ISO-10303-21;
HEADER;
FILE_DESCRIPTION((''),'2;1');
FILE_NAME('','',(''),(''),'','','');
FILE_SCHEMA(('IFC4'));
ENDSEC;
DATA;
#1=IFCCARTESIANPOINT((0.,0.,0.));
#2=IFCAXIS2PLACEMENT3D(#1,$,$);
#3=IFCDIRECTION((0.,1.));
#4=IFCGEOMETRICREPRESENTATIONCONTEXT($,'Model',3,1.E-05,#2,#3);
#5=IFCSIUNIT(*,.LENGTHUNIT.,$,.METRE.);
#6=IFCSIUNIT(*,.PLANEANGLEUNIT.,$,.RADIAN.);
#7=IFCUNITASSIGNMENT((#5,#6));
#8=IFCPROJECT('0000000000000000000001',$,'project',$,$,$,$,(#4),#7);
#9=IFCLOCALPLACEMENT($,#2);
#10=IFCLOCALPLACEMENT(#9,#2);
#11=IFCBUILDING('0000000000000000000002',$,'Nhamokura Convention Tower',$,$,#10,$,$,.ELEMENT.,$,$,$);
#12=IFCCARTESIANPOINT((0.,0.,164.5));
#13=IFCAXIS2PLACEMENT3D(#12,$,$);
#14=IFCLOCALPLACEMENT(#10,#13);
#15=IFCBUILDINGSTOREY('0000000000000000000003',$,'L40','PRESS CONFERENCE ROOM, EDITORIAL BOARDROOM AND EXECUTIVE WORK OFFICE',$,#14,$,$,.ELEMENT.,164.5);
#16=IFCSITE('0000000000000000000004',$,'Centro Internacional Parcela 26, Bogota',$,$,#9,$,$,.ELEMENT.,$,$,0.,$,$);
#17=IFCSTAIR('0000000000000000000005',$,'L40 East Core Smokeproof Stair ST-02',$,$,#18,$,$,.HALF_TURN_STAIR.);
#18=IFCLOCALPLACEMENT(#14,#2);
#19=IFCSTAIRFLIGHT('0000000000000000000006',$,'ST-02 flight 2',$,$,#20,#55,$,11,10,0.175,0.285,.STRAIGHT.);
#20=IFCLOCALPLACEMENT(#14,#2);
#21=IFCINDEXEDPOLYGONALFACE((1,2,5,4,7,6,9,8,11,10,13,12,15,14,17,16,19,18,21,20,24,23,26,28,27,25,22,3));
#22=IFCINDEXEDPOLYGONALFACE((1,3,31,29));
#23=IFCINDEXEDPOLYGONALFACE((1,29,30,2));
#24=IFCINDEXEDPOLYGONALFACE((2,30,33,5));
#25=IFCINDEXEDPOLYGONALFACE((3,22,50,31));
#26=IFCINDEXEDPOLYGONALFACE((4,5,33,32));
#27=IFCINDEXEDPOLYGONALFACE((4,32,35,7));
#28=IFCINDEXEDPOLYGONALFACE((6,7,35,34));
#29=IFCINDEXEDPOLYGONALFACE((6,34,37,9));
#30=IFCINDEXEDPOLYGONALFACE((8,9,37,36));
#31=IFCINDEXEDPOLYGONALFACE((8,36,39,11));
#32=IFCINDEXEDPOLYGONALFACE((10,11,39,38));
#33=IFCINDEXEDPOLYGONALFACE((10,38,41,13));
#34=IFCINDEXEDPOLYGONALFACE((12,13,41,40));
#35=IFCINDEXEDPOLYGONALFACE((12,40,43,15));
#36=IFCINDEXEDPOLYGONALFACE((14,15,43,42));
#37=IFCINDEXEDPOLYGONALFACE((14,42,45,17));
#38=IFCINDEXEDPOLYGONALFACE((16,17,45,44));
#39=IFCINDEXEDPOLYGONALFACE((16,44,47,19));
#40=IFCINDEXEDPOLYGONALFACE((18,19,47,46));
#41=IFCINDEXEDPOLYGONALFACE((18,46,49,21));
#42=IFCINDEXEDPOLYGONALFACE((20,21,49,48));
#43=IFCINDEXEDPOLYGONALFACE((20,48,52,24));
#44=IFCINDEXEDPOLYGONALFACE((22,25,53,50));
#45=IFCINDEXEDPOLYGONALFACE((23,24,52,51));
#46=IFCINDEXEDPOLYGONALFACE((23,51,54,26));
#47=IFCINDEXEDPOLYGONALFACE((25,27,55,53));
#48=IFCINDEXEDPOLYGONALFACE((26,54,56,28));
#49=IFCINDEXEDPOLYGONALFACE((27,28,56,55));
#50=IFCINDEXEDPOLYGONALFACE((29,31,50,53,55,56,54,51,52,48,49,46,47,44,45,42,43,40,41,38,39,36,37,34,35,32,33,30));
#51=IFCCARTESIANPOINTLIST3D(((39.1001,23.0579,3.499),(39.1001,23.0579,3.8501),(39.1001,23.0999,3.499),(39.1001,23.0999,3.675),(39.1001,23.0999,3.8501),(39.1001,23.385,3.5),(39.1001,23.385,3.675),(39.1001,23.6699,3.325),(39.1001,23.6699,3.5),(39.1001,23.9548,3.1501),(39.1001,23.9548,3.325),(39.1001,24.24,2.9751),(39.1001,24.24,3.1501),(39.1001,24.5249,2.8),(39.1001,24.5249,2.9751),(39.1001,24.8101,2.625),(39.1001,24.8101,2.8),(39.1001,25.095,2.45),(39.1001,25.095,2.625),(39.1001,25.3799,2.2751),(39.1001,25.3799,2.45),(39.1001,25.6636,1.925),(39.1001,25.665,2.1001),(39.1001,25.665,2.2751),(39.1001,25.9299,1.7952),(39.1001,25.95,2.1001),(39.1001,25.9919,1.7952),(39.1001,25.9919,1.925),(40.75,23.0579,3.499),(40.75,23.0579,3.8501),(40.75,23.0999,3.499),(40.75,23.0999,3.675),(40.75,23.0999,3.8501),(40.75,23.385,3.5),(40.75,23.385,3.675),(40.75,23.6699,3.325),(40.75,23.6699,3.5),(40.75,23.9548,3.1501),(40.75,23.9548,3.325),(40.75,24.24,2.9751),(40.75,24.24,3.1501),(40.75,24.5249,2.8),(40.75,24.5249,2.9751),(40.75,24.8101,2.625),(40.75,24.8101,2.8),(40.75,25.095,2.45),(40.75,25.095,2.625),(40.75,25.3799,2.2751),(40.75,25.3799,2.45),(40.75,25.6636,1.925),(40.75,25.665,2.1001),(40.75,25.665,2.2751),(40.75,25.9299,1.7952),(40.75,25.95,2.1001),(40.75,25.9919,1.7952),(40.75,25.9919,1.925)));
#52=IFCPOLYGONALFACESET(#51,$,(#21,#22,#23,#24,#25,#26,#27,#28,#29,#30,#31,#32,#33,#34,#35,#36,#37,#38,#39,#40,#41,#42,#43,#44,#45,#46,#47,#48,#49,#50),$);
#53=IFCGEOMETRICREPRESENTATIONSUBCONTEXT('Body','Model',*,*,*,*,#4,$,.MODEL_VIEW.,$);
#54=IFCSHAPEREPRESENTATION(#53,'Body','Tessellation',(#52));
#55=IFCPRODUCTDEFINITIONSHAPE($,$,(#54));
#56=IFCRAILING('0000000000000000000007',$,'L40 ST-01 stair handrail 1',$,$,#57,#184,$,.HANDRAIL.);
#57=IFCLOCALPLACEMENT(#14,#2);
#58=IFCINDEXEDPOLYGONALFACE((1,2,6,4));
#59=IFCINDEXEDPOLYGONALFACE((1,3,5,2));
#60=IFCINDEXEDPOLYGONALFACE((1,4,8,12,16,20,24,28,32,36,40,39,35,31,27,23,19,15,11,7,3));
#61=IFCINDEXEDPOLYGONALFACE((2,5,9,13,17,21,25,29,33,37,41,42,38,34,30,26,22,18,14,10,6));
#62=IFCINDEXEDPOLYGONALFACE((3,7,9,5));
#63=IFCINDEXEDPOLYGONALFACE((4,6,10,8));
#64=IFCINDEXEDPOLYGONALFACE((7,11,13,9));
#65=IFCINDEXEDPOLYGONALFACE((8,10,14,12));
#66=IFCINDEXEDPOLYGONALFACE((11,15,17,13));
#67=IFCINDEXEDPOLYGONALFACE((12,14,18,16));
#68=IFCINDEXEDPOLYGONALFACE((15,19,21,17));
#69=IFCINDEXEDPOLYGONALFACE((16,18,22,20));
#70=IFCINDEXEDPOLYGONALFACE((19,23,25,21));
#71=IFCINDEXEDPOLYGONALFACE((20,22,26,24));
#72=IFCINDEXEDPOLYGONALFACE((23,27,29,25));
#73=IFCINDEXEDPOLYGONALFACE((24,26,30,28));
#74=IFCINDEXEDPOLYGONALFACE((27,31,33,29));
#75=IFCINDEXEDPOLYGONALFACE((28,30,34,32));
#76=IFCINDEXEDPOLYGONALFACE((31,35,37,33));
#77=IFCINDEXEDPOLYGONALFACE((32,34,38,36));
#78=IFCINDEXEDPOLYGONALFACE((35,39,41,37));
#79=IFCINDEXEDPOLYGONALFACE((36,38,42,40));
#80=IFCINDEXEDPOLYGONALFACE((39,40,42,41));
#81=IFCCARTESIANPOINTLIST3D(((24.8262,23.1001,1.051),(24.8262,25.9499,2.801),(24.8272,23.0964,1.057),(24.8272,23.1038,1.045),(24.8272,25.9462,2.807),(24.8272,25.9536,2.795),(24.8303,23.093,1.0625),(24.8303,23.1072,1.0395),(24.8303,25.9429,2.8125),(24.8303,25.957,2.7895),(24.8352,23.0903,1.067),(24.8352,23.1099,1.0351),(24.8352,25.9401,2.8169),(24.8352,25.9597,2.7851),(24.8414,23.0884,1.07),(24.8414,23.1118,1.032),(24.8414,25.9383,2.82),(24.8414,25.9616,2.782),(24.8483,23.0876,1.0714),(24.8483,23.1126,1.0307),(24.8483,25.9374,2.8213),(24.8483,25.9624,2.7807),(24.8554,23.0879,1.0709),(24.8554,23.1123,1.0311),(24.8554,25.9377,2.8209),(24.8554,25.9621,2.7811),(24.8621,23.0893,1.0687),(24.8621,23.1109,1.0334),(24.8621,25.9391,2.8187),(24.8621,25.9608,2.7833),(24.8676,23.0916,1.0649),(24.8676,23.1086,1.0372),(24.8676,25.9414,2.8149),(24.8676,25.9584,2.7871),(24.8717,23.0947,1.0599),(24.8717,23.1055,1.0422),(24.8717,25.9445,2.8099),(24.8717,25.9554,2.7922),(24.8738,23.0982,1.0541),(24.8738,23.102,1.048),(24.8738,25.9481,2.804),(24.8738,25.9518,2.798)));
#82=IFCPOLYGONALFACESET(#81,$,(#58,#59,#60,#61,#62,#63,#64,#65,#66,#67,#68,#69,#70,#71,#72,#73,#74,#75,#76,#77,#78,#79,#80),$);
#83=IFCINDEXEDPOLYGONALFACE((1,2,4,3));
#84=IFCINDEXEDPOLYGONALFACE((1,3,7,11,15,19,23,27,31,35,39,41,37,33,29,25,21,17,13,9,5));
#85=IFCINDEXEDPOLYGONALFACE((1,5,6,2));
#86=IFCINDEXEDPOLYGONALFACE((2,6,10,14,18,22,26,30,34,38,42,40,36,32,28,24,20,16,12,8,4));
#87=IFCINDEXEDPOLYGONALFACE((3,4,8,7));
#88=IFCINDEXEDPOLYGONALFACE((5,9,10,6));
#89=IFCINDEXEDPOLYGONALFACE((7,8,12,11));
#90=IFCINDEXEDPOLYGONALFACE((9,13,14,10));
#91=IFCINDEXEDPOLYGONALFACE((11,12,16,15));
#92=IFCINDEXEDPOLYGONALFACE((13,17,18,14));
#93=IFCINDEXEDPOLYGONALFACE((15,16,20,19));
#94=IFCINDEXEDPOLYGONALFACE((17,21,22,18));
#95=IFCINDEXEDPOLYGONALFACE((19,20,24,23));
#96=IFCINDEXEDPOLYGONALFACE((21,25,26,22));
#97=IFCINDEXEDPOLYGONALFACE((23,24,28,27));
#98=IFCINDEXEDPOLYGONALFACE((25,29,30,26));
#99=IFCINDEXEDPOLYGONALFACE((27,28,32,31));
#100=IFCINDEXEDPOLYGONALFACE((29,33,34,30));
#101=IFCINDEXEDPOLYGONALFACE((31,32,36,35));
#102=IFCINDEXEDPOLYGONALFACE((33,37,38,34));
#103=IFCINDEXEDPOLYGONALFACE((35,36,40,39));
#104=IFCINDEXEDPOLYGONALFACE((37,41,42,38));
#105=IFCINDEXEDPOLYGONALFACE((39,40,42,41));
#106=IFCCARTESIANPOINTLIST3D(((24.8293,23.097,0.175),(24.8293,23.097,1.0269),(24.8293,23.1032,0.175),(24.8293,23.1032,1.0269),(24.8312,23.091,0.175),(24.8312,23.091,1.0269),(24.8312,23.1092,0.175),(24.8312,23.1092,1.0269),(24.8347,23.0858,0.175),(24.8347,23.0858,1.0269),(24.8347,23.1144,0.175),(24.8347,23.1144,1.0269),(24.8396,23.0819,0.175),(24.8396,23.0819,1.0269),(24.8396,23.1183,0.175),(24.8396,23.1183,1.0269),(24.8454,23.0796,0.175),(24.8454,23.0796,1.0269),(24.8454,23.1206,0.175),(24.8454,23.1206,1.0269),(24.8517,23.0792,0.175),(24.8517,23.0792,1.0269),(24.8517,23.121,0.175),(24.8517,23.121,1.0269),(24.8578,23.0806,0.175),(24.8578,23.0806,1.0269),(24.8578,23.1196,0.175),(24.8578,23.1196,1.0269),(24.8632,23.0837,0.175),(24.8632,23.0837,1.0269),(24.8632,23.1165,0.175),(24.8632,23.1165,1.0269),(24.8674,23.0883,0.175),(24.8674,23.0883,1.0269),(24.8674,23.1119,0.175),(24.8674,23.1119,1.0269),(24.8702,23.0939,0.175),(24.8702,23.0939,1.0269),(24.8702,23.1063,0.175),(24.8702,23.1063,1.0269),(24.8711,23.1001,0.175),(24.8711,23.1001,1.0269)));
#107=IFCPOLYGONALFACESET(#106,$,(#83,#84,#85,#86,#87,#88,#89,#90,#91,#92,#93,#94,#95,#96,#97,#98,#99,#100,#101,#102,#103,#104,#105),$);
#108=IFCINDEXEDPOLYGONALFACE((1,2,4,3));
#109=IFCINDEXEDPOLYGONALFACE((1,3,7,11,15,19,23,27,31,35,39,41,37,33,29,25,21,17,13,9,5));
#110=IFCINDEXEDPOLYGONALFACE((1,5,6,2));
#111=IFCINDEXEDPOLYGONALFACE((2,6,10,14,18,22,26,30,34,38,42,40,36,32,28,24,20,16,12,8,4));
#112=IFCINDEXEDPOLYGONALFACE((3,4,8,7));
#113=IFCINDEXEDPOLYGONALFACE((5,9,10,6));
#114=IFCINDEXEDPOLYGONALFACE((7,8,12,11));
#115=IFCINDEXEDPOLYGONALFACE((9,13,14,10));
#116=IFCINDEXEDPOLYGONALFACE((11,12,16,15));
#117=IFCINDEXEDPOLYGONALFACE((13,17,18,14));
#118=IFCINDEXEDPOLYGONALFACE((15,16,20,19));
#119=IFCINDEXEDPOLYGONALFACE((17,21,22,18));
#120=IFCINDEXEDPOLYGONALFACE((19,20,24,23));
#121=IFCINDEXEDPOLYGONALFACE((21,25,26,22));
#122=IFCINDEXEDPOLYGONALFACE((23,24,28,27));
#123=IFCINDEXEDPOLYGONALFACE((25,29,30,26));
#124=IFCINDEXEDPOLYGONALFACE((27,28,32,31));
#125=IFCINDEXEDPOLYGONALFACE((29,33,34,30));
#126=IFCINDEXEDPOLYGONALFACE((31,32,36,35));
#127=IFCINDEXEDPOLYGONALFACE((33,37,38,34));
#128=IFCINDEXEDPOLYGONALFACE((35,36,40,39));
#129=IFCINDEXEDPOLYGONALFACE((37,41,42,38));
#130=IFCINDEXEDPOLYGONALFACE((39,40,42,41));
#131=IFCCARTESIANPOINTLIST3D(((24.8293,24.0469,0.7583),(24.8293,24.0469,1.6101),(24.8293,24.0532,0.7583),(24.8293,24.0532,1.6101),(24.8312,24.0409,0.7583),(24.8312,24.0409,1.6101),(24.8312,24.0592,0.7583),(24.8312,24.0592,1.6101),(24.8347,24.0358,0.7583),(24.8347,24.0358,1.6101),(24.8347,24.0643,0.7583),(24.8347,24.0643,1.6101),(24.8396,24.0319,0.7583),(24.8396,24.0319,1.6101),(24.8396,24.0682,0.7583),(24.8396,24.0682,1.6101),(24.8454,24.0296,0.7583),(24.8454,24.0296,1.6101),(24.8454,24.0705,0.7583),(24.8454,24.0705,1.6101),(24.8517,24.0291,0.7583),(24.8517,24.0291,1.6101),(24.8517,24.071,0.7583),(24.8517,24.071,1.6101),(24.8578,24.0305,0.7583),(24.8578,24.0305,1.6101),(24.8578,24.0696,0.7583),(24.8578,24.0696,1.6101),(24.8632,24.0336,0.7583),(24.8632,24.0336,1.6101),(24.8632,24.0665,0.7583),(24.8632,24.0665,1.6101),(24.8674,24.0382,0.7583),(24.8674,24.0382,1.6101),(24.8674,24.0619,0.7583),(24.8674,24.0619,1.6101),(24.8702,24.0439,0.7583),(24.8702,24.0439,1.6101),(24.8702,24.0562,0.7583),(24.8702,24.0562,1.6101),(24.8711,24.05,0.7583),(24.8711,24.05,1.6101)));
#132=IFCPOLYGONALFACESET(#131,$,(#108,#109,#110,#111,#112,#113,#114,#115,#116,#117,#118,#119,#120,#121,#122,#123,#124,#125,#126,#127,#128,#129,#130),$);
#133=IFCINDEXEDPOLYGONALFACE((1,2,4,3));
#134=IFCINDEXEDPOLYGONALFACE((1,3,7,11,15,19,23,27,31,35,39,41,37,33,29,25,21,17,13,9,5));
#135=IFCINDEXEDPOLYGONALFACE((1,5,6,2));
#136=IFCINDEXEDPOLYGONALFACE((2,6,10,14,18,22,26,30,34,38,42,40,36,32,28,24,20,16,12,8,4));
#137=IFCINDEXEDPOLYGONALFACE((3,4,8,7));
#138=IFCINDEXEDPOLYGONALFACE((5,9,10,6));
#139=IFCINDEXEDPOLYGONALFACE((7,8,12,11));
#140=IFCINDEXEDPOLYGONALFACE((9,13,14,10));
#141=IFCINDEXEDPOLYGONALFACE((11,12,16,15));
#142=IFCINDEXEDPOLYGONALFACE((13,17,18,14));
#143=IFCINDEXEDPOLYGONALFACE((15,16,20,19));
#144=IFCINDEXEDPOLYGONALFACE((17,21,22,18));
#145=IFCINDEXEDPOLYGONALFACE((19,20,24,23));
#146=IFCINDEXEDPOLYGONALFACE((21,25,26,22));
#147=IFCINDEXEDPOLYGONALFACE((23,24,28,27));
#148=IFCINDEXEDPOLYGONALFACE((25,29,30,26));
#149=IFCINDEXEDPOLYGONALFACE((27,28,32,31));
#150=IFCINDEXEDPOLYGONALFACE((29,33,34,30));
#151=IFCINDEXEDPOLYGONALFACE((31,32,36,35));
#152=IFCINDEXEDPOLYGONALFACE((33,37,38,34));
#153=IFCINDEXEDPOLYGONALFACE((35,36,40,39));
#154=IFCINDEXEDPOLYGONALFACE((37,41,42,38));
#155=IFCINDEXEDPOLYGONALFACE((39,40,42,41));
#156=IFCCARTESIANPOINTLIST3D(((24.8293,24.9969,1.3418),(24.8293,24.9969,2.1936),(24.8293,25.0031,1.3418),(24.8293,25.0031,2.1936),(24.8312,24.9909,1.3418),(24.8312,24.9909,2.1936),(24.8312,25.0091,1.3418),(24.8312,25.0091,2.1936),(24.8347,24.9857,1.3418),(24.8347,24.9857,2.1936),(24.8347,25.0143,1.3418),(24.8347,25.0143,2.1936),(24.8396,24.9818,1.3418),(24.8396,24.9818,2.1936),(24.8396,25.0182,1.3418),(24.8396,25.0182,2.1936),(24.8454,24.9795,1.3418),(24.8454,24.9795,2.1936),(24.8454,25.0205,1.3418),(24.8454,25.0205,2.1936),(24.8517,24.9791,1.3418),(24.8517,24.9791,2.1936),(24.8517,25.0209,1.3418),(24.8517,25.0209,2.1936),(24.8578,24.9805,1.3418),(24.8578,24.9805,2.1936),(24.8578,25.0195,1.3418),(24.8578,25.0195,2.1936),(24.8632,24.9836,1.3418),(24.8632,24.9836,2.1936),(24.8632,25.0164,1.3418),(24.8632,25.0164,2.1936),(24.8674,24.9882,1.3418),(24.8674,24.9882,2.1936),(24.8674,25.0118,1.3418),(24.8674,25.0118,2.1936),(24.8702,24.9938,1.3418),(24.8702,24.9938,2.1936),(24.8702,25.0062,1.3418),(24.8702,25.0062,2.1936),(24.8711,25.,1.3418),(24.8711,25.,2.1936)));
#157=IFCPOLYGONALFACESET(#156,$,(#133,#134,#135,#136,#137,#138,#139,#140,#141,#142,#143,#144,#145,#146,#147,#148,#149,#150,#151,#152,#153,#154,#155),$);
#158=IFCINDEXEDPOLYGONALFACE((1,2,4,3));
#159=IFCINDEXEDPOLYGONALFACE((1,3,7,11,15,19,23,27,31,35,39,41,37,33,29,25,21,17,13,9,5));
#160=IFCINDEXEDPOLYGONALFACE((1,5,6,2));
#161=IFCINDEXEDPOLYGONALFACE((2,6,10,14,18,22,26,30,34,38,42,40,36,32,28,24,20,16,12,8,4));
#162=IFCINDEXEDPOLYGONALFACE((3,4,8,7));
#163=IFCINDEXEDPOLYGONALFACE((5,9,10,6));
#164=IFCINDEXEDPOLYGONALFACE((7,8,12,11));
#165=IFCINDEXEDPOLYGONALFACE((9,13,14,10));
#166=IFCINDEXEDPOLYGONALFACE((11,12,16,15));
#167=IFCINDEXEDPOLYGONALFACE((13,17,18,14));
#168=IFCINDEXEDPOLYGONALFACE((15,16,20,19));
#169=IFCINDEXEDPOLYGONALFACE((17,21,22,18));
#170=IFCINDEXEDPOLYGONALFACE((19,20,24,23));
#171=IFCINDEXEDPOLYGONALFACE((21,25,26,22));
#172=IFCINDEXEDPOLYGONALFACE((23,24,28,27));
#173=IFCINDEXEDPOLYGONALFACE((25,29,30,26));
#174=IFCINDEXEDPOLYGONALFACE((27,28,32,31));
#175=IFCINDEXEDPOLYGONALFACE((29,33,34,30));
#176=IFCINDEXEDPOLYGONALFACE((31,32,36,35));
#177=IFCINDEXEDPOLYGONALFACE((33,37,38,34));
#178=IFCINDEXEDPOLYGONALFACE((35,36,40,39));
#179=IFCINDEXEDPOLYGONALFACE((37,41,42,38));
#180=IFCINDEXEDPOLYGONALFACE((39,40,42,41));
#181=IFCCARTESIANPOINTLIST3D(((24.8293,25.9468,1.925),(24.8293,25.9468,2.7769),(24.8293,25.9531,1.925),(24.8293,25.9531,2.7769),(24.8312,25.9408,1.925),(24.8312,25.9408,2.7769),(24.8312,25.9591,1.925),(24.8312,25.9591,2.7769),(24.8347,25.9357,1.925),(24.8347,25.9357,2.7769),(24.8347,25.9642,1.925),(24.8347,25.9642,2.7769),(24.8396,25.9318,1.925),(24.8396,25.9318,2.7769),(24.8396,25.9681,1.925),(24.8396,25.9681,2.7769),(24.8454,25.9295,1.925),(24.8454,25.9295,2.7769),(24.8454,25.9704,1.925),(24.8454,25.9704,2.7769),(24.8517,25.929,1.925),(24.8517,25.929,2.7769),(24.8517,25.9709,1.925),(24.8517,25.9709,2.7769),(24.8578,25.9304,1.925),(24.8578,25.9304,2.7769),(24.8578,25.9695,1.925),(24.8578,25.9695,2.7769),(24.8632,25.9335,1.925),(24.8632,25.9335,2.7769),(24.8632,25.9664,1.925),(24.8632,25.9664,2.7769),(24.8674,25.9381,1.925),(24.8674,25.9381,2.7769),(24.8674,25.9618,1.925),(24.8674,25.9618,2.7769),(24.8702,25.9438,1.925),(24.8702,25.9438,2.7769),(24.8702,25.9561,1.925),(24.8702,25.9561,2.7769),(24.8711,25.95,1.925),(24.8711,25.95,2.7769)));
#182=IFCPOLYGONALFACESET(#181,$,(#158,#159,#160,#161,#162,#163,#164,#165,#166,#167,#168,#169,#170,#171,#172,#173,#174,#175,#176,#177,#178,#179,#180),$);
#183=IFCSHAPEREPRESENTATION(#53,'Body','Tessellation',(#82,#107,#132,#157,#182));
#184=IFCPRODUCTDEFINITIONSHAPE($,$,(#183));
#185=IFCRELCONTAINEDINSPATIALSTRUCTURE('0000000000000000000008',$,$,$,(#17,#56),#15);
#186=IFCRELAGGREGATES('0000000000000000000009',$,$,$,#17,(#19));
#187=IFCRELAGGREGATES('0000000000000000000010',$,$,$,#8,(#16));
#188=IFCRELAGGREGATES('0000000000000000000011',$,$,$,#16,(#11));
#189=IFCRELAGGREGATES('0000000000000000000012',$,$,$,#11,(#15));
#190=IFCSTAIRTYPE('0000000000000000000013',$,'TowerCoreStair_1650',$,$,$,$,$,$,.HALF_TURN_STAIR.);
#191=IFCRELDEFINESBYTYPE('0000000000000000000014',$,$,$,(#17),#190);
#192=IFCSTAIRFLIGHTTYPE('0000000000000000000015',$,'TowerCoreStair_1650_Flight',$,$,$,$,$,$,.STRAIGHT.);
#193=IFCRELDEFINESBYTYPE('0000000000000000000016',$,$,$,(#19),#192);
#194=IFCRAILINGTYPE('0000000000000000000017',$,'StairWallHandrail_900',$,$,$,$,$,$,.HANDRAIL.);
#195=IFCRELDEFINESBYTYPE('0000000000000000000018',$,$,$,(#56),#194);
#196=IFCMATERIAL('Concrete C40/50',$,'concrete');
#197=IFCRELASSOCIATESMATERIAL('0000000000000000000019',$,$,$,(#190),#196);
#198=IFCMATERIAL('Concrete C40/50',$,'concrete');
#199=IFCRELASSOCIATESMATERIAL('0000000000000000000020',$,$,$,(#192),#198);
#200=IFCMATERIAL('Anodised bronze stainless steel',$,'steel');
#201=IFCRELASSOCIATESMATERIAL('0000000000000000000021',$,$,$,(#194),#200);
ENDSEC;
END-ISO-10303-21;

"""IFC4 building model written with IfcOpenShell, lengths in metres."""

from ifc_helpers import new_model, si_unit, direction, frame, origin, origin_2d, place, context, subcontext, project, spatial, polyline, circle, outline, extrude, material, type_object, element, aggregate, save


model = new_model("IFC4")

# Units and contexts
model_context = context("Model", 3, precision=1e-05, world=origin(), true_north=direction((0.0, 1.0)))
body_context = subcontext(model_context, "Body", "Model", "MODEL_VIEW")
ifc_project = project(units=[si_unit("LENGTHUNIT", "METRE"), si_unit("PLANEANGLEUNIT", "RADIAN")], contexts=[model_context])

# Site, building, storey
site_placement = place(None, origin())
site = spatial("IfcSite", under=ifc_project, at=site_placement, Name="Centro Internacional Parcela 26, Bogota", CompositionType="ELEMENT", RefElevation=0.0)
building_placement = place(site_placement, origin())
building = spatial("IfcBuilding", under=site, at=building_placement, Name="Nhamokura Convention Tower", CompositionType="ELEMENT")
storey_placement = place(building_placement, frame((0.0, 0.0, 164.5)))
storey = spatial("IfcBuildingStorey", under=building, at=storey_placement, Name="L40", Description="PRESS CONFERENCE ROOM, EDITORIAL BOARDROOM AND EXECUTIVE WORK OFFICE", CompositionType="ELEMENT", Elevation=164.5)

# Stair, stair flight
ifc_material_1 = material(Name="Concrete C40/50", Category="concrete")
stair_type = type_object("IfcStairType", Name="TowerCoreStair_1650", PredefinedType="HALF_TURN_STAIR", material=ifc_material_1)
ifc_material_2 = material(Name="Concrete C40/50", Category="concrete")
stair_flight_type = type_object("IfcStairFlightType", Name="TowerCoreStair_1650_Flight", PredefinedType="STRAIGHT", material=ifc_material_2)
stair_1_placement = place(storey_placement, origin())
stair_1 = element("IfcStair", 1, at=stair_1_placement, inside=storey, type_object=stair_type, Name="L40 East Core Smokeproof Stair ST-02", PredefinedType="HALF_TURN_STAIR")
stair_flight_1_placement = place(storey_placement, frame((39.925, 25.95, 1.925), z_axis=(0.0, 0.0, 1.0), x_axis=(0.0, -1.0, 0.0)))
stair_flight_1 = element("IfcStairFlight", 2, at=stair_flight_1_placement, type_object=stair_flight_type, Name="ST-02 flight 2", NumberOfRisers=11, NumberOfTreads=10, PredefinedType="STRAIGHT", RiserHeight=0.175, TreadLength=0.285, context=body_context, shape_type="SweptSolid", body=[
    extrude(outline(polyline([(-0.042, 0.0), (0.0, 0.175), (0.2849, 0.175), (0.2849, 0.3501), (0.5701, 0.3501), (0.5701, 0.5249), (0.855, 0.5249), (0.855, 0.7), (1.1399, 0.7), (1.1399, 0.875), (1.425, 0.875), (1.425, 1.05), (1.71, 1.05), (1.71, 1.2251), (1.9951, 1.2251), (1.9951, 1.3999), (2.28, 1.3999), (2.28, 1.575), (2.5649, 1.575), (2.5649, 1.75), (2.8501, 1.75), (2.8501, 1.925), (2.8921, 1.925), (2.8921, 1.574), (2.8501, 1.574), (0.2864, 0.0), (0.02, -0.1299), (-0.042, -0.1299), (-0.042, 0.0)])), frame((0.0, 0.825, 0.0), z_axis=(0.0, -1.0, 0.0), x_axis=(1.0, 0.0, 0.0)), (0.0, 0.0, 1.0), 1.6499),
])
aggregate(stair_1, [stair_flight_1])

# Railing
ifc_material_3 = material(Name="Anodised bronze stainless steel", Category="steel")
railing_type_1 = type_object("IfcRailingType", Name="StairWallHandrail_900", PredefinedType="HANDRAIL", material=ifc_material_3)
railing_1_placement = place(storey_placement, frame((24.8501, 23.1001, 0.175)))
element("IfcRailing", 3, at=railing_1_placement, inside=storey, type_object=railing_type_1, Name="L40 ST-01 stair handrail 1", PredefinedType="HANDRAIL", context=body_context, shape_type="SweptSolid", body=[
    extrude(circle(Radius=0.0239, at=origin_2d()), frame((0.0, 0.0, 0.876), z_axis=(0.0, 0.852159, 0.523283), x_axis=(-1.0, 0.0, 0.0)), (0.0, 0.0, 1.0), 3.3442),
    extrude(circle(Radius=0.021, at=origin_2d()), origin(), (0.0, 0.0, 1.0), 0.8518),
    extrude(circle(Radius=0.021, at=origin_2d()), frame((0.0, 0.95, 0.5833)), (0.0, 0.0, 1.0), 0.8518),
    extrude(circle(Radius=0.021, at=origin_2d()), frame((0.0, 1.8999, 1.1667)), (0.0, 0.0, 1.0), 0.8518),
    extrude(circle(Radius=0.021, at=origin_2d()), frame((0.0, 2.8499, 1.75)), (0.0, 0.0, 1.0), 0.8518),
])

save(model, "model.ifc")
